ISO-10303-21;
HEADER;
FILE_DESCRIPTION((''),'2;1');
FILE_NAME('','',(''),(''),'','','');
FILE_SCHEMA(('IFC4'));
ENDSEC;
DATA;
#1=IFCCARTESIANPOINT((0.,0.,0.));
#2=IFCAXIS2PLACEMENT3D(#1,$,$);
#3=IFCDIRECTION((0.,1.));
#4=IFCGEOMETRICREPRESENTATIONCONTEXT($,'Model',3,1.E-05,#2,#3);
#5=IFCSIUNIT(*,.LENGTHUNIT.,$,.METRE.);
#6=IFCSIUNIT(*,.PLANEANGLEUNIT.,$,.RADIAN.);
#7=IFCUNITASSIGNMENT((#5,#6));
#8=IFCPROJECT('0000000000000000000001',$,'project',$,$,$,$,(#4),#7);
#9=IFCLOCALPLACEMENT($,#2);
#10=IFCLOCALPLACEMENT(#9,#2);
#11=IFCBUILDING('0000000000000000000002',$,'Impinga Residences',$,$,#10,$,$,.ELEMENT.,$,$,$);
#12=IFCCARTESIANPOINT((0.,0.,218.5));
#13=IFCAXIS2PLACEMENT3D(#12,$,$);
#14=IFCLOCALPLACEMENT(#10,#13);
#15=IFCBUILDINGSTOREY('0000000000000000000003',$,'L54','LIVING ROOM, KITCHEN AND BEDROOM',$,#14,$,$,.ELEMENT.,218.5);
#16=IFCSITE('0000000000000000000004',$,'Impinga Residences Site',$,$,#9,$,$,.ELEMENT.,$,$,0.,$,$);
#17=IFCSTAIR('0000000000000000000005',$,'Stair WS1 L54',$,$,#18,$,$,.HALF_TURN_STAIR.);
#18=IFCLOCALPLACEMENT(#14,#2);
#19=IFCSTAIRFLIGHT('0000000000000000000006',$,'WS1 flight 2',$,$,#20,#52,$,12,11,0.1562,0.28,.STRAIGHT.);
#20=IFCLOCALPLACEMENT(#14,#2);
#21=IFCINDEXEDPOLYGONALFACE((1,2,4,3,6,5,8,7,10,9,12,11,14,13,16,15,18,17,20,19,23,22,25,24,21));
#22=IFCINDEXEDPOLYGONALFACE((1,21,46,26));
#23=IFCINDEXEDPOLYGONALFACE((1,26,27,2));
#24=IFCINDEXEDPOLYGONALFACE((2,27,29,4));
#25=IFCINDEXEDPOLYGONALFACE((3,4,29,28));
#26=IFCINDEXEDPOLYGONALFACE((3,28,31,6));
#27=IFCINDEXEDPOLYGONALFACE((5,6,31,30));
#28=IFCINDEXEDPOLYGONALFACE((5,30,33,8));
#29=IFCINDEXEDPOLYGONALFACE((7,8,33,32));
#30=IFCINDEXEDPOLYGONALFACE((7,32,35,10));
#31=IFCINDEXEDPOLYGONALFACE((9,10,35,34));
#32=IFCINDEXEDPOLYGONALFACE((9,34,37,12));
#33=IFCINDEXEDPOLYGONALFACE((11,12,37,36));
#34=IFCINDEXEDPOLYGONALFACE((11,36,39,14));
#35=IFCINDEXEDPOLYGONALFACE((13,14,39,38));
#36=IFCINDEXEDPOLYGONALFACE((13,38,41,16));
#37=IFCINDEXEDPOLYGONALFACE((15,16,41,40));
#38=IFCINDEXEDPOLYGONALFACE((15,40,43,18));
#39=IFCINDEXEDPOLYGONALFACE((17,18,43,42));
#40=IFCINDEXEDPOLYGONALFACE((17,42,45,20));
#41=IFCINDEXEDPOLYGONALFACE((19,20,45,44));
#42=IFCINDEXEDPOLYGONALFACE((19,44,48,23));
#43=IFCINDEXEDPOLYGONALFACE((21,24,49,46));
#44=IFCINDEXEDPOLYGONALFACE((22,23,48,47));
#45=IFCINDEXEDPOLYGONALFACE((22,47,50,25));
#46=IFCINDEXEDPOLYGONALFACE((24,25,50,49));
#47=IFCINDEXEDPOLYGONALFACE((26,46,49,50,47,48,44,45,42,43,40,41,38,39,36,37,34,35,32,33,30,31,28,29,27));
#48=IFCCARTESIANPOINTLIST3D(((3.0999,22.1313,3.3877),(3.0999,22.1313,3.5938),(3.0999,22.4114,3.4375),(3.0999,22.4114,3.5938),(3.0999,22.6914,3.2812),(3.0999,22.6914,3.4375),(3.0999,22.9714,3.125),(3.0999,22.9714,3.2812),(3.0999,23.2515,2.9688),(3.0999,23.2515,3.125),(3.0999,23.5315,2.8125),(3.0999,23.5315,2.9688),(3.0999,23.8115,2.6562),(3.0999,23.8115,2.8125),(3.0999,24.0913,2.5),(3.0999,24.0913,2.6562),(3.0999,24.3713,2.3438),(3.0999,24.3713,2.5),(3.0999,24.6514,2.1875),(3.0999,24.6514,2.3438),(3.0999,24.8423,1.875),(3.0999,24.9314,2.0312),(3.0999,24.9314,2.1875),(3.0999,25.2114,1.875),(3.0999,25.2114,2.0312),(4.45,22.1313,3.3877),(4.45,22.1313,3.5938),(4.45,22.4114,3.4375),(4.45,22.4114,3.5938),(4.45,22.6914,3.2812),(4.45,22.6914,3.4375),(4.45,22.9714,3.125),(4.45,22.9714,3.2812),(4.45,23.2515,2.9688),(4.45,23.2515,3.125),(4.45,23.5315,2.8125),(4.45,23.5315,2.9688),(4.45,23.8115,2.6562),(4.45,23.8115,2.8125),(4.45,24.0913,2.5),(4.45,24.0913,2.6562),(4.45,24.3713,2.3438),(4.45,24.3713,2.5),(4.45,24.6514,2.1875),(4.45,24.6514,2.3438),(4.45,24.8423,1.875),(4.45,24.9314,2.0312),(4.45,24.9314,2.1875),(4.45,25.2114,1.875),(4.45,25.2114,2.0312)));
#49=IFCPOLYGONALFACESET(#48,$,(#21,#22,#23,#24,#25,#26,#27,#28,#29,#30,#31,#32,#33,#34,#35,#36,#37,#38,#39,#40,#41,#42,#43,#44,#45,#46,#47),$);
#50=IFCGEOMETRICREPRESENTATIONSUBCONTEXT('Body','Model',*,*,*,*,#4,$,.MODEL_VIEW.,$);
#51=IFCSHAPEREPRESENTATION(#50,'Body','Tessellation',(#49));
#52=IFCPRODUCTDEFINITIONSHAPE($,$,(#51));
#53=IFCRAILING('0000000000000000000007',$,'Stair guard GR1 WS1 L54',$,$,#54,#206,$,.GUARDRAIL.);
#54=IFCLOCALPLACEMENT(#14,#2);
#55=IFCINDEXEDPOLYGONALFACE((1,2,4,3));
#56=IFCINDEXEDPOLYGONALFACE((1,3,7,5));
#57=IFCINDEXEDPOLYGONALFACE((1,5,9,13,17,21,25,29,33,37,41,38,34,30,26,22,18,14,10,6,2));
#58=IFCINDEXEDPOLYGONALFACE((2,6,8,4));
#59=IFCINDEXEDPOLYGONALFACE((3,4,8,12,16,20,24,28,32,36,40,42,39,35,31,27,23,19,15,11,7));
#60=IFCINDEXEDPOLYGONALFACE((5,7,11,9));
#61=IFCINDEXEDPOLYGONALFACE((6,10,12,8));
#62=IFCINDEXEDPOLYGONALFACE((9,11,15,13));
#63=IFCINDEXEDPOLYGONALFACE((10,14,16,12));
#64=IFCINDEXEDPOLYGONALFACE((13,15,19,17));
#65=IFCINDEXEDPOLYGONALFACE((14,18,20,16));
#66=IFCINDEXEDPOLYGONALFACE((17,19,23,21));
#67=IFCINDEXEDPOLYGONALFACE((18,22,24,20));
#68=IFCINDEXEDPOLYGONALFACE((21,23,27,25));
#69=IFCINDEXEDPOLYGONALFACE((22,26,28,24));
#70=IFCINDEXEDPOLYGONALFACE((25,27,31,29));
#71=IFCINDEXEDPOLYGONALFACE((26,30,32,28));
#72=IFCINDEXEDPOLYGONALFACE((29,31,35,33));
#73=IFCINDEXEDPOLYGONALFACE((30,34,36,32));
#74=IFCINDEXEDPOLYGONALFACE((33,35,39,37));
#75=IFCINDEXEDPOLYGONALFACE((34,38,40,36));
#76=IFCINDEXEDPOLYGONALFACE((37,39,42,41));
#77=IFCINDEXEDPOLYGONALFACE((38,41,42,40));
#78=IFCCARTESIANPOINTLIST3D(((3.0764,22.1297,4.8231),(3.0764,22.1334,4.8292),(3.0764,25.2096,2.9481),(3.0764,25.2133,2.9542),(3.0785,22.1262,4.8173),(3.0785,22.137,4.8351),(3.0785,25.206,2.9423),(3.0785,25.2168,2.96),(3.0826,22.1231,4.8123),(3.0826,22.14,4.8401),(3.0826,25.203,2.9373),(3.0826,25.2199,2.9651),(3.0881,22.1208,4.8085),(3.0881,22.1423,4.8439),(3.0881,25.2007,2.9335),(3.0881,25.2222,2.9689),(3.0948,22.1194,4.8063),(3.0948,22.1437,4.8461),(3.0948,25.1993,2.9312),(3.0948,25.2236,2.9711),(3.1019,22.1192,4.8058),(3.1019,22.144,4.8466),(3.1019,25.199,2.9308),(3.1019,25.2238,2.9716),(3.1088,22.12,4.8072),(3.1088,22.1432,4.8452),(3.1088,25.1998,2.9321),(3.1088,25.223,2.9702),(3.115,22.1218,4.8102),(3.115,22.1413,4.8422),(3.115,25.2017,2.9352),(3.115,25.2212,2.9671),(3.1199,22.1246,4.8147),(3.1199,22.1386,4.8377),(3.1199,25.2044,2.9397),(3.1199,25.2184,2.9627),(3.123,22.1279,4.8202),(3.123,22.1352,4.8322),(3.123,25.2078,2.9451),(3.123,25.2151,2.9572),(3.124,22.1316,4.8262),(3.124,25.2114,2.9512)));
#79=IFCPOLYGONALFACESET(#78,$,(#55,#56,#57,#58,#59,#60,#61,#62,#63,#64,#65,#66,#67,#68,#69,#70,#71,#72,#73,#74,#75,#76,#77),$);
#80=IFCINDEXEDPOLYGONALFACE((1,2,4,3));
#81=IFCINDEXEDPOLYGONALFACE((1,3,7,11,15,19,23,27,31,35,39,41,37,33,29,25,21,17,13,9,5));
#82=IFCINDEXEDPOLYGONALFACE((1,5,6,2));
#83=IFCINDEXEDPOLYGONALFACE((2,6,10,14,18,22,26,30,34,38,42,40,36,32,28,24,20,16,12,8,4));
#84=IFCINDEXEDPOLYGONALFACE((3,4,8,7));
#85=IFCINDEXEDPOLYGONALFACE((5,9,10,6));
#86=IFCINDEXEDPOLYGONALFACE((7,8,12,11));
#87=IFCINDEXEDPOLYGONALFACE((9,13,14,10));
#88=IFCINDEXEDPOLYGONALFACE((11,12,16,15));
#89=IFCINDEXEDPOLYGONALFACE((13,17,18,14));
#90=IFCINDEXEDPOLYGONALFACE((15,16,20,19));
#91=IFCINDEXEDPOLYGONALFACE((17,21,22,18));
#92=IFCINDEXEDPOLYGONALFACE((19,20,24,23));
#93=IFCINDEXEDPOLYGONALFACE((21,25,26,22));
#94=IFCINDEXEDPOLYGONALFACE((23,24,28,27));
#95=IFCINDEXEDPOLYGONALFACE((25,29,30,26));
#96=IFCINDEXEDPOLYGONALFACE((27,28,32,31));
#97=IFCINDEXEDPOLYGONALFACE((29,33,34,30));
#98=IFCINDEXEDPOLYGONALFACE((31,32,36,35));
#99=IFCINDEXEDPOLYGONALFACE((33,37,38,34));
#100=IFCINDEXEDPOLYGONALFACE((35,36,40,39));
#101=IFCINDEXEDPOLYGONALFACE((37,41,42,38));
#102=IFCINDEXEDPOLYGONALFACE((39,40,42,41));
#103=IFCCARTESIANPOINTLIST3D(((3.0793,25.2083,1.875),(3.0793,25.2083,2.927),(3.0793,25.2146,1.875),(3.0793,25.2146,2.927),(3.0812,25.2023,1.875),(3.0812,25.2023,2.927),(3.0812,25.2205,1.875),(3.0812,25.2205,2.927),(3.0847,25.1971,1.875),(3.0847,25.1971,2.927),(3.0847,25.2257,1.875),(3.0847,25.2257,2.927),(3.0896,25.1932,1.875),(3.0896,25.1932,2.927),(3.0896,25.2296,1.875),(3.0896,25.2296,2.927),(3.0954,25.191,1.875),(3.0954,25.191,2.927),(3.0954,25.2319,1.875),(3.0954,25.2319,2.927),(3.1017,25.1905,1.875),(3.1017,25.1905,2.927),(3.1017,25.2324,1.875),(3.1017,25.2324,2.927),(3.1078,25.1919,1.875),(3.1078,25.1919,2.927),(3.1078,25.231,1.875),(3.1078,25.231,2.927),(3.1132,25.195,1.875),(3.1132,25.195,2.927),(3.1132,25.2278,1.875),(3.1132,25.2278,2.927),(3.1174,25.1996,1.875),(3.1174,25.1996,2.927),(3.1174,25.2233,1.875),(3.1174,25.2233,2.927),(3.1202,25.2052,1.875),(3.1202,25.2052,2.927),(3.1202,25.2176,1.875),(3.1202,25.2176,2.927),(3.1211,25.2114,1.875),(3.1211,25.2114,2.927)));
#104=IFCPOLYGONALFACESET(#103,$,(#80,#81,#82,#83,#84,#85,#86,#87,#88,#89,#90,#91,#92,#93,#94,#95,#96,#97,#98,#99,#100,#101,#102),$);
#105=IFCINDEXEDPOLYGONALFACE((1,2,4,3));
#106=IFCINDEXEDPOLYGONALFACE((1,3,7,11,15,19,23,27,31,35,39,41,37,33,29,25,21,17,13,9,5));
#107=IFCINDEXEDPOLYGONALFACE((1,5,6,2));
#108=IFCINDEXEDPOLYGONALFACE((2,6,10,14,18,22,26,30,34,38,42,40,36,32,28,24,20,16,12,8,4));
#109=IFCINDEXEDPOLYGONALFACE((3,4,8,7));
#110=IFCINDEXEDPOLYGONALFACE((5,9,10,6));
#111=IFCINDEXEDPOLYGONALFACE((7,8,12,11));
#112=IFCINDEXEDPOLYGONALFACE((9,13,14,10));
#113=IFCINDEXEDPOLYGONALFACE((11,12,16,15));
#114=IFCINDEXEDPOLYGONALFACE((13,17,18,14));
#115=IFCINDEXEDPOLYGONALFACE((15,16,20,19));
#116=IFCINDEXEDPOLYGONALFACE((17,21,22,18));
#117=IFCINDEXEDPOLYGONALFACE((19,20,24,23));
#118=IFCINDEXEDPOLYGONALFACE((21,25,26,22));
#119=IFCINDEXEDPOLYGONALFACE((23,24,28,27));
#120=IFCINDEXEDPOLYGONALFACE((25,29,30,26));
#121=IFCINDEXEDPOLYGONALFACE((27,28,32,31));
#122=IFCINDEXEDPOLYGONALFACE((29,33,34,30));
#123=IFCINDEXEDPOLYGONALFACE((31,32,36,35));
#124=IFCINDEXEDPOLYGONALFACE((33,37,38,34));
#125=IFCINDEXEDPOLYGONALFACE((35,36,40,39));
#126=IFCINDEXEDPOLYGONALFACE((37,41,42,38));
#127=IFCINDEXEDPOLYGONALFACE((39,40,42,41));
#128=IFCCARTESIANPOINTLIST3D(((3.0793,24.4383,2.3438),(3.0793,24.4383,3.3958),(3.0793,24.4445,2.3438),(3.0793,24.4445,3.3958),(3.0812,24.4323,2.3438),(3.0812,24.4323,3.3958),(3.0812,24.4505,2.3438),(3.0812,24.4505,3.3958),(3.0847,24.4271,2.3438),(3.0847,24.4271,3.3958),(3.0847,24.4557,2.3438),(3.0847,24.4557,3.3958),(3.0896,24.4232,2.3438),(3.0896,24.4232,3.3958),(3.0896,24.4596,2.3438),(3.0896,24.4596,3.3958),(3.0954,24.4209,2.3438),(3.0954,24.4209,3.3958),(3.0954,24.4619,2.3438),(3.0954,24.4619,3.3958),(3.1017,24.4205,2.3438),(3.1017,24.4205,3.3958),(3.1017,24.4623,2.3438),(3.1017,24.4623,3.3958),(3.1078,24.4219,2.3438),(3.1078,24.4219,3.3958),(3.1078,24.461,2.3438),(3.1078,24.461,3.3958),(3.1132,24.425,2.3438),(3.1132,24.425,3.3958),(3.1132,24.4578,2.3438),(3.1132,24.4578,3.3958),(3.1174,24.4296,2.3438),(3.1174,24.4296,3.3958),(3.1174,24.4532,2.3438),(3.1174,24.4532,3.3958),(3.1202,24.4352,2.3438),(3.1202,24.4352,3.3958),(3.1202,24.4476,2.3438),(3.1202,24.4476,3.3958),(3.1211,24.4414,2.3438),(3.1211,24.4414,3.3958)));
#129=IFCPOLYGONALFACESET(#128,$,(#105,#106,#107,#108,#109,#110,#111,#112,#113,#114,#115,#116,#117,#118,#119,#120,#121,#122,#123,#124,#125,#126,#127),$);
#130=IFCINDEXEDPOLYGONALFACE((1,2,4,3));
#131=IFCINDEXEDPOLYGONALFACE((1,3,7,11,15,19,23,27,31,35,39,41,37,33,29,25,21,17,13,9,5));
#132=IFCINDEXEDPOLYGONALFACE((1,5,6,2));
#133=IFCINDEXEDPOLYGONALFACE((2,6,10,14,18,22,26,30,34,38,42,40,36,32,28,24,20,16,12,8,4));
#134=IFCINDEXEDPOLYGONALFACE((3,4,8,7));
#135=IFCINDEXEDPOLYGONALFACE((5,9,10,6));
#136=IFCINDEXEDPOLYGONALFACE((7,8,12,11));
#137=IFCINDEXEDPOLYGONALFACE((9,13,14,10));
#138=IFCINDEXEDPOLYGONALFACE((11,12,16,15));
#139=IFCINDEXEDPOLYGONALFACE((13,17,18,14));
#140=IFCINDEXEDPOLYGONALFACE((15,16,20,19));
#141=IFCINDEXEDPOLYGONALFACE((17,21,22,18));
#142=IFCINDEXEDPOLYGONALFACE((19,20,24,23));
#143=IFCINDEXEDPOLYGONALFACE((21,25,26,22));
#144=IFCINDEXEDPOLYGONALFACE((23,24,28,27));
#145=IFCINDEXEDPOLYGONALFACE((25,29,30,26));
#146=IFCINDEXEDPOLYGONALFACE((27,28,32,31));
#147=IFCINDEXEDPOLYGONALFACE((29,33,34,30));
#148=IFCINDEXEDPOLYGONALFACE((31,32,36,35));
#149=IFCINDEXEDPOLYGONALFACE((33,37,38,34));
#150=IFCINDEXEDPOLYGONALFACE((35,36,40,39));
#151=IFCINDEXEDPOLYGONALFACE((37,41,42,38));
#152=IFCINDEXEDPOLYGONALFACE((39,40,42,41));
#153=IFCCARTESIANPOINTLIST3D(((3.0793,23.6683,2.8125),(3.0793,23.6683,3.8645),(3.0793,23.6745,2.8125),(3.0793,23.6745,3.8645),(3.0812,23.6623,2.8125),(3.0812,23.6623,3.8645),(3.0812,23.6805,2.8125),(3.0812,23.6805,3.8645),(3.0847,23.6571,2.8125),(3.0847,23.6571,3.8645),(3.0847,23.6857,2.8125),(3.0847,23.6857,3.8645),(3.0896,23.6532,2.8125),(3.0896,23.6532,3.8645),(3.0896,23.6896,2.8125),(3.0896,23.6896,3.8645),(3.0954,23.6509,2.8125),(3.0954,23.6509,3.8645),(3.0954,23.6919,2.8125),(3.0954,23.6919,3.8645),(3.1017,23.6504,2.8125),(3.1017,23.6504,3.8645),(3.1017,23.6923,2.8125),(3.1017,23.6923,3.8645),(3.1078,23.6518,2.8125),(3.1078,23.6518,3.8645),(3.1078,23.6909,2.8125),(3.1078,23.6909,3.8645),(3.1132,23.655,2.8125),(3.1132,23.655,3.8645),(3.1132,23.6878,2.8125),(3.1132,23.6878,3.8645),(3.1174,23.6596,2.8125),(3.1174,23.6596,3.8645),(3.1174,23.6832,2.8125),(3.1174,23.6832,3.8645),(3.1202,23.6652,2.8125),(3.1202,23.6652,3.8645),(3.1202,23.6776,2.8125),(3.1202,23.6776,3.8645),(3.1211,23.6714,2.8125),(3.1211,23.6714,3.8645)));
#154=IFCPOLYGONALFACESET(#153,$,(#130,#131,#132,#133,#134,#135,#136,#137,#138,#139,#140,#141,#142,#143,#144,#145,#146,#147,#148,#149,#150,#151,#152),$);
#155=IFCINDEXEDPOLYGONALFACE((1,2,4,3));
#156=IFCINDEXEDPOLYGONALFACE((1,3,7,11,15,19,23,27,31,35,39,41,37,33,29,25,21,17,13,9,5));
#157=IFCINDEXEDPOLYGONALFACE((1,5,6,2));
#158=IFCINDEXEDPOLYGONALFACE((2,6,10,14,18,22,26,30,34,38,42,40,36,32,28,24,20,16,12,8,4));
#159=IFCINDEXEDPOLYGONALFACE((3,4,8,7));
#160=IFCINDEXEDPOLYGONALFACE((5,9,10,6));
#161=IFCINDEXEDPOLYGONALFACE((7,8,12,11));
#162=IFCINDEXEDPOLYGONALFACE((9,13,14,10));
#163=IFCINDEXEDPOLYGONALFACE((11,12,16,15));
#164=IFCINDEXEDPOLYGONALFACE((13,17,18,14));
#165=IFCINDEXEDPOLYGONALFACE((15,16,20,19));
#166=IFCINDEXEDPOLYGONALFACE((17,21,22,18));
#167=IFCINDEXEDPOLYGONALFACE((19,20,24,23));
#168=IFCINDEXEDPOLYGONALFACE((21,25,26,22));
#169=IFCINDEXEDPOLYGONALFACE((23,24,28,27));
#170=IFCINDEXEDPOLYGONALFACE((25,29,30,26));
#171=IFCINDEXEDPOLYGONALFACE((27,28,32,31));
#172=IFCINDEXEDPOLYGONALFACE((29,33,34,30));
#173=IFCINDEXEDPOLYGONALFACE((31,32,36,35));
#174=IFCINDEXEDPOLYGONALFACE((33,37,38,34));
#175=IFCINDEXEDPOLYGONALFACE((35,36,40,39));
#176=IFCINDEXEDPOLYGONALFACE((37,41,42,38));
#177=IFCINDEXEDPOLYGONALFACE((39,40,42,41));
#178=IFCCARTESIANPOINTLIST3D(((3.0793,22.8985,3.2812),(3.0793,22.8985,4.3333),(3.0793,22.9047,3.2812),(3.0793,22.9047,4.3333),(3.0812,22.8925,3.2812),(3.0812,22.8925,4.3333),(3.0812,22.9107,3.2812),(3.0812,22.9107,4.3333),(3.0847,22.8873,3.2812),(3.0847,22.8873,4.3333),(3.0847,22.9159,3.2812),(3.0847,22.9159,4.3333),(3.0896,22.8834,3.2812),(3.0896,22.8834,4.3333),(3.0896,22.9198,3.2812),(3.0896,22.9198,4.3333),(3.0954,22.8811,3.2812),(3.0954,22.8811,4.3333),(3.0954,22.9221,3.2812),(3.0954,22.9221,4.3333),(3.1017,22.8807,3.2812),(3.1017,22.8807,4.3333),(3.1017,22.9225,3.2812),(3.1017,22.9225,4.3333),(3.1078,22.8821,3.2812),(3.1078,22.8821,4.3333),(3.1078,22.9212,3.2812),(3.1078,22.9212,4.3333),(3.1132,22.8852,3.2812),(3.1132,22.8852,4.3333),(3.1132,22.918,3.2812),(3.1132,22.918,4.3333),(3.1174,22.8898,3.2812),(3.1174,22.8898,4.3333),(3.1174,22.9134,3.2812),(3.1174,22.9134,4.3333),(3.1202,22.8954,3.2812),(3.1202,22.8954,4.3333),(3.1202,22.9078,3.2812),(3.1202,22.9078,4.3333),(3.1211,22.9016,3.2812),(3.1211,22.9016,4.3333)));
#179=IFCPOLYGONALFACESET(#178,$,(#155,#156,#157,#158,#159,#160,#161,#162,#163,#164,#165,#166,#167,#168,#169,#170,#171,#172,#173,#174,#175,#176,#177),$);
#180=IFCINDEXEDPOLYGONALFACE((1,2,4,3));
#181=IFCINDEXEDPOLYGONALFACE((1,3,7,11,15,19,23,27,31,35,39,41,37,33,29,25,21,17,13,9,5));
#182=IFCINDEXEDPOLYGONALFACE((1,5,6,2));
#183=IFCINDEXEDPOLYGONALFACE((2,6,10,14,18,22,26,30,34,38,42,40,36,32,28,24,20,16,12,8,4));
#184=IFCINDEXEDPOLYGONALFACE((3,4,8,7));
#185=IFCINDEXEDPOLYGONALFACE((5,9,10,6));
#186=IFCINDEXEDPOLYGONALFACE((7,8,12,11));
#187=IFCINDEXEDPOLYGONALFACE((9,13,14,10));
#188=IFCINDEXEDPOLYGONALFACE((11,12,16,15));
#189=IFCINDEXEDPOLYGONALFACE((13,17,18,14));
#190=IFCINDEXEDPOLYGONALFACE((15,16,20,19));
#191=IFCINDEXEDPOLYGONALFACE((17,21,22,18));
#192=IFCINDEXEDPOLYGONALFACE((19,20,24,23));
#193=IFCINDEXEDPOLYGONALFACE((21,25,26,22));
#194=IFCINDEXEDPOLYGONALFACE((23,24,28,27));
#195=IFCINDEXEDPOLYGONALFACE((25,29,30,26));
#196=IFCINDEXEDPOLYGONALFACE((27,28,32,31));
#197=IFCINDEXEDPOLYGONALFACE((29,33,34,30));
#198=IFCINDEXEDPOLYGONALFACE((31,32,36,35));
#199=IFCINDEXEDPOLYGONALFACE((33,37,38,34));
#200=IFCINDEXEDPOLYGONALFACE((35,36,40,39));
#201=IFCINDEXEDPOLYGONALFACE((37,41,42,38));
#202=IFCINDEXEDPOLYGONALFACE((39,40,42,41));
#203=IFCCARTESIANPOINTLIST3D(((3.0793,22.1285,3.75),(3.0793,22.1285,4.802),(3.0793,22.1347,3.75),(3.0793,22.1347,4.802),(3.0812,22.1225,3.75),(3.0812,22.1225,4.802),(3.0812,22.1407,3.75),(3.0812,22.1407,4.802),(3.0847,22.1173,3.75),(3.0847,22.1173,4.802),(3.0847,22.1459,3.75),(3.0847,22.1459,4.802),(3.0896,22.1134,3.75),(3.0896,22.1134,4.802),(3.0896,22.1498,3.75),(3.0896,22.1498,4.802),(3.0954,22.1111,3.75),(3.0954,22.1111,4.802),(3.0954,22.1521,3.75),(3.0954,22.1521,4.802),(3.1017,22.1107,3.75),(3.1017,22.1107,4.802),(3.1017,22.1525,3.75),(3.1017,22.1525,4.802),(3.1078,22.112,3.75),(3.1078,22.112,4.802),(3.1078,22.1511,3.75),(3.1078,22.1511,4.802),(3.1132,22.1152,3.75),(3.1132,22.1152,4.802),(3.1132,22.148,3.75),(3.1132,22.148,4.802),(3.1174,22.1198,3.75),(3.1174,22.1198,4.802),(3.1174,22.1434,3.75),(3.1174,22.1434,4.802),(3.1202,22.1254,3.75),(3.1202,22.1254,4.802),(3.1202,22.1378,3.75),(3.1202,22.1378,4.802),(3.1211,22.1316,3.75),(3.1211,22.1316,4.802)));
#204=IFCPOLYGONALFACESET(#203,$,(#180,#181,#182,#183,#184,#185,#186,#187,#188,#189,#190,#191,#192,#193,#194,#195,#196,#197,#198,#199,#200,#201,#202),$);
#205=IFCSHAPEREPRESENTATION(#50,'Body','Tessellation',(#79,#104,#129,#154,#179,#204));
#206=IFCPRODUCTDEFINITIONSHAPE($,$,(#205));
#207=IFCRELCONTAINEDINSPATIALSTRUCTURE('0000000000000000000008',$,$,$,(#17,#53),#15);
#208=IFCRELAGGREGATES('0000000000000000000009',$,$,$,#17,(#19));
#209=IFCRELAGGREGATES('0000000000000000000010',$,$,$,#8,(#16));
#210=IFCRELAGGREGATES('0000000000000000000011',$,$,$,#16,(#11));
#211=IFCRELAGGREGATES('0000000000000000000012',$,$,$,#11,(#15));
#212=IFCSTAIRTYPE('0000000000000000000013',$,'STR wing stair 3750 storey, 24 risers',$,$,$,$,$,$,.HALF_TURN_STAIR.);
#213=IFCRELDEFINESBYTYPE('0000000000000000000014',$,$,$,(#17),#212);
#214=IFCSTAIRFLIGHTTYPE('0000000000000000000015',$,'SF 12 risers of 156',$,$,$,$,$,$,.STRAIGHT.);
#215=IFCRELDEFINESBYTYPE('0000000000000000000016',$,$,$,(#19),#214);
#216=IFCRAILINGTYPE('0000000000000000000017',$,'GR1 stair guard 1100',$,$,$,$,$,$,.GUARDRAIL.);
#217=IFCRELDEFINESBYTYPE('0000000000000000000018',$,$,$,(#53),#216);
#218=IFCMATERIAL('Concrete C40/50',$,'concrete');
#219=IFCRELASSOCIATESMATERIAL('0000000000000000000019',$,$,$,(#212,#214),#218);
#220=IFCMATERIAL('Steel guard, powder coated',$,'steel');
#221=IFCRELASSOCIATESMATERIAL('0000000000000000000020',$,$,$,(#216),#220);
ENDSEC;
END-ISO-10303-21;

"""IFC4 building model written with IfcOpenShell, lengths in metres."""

from ifc_helpers import new_model, si_unit, direction, frame, origin, origin_2d, place, context, subcontext, project, spatial, polyline, circle, outline, extrude, material, type_object, element, aggregate, save


model = new_model("IFC4")

# Units and contexts
model_context = context("Model", 3, precision=1e-05, world=origin(), true_north=direction((0.0, 1.0)))
body_context = subcontext(model_context, "Body", "Model", "MODEL_VIEW")
ifc_project = project(units=[si_unit("LENGTHUNIT", "METRE"), si_unit("PLANEANGLEUNIT", "RADIAN")], contexts=[model_context])

# Site, building, storey
site_placement = place(None, origin())
site = spatial("IfcSite", under=ifc_project, at=site_placement, Name="Impinga Residences Site", CompositionType="ELEMENT", RefElevation=0.0)
building_placement = place(site_placement, origin())
building = spatial("IfcBuilding", under=site, at=building_placement, Name="Impinga Residences", CompositionType="ELEMENT")
storey_placement = place(building_placement, frame((0.0, 0.0, 218.5)))
storey = spatial("IfcBuildingStorey", under=building, at=storey_placement, Name="L54", Description="LIVING ROOM, KITCHEN AND BEDROOM", CompositionType="ELEMENT", Elevation=218.5)

# Stair, stair flight
ifc_material_1 = material(Name="Concrete C40/50", Category="concrete")
stair_type = type_object("IfcStairType", Name="STR wing stair 3750 storey, 24 risers", PredefinedType="HALF_TURN_STAIR", material=ifc_material_1)
stair_placement = place(storey_placement, origin())
stair = element("IfcStair", 1, at=stair_placement, inside=storey, type_object=stair_type, Name="Stair WS1 L54", PredefinedType="HALF_TURN_STAIR")
stair_flight_type = type_object("IfcStairFlightType", Name="SF 12 risers of 156", PredefinedType="STRAIGHT", material=ifc_material_1)
stair_flight_1_placement = place(storey_placement, frame((3.7749, 25.2114, 1.875), z_axis=(0.0, 0.0, 1.0), x_axis=(0.0, -1.0, 0.0)))
stair_flight_1 = element("IfcStairFlight", 2, at=stair_flight_1_placement, type_object=stair_flight_type, Name="WS1 flight 2", NumberOfRisers=12, NumberOfTreads=11, PredefinedType="STRAIGHT", RiserHeight=0.1562, TreadLength=0.28, context=body_context, shape_type="SweptSolid", body=[
    extrude(outline(polyline([(0.0, 0.0), (0.0, 0.1562), (0.28, 0.1562), (0.28, 0.3125), (0.5601, 0.3125), (0.5601, 0.4688), (0.8401, 0.4688), (0.8401, 0.625), (1.1201, 0.625), (1.1201, 0.7812), (1.3999, 0.7812), (1.3999, 0.9375), (1.6799, 0.9375), (1.6799, 1.0938), (1.96, 1.0938), (1.96, 1.25), (2.24, 1.25), (2.24, 1.4062), (2.52, 1.4062), (2.52, 1.5625), (2.8, 1.5625), (2.8, 1.7188), (3.0801, 1.7188), (3.0801, 1.875), (3.0801, 1.5127), (0.3691, 0.0), (0.0, 0.0)])), frame((0.0, 0.675, 0.0), z_axis=(0.0, -1.0, 0.0), x_axis=(1.0, 0.0, 0.0)), (0.0, 0.0, 1.0), 1.3501),
])
aggregate(stair, [stair_flight_1])

# Railing
ifc_material_2 = material(Name="Steel guard, powder coated", Category="steel")
railing_type_1 = type_object("IfcRailingType", Name="GR1 stair guard 1100", PredefinedType="GUARDRAIL", material=ifc_material_2)
railing_1_placement = place(storey_placement, frame((3.1001, 25.2114, 1.875)))
element("IfcRailing", 3, at=railing_1_placement, inside=storey, type_object=railing_type_1, Name="Stair guard GR1 WS1 L54", PredefinedType="GUARDRAIL", context=body_context, shape_type="SweptSolid", body=[
    extrude(circle(Radius=0.0239, at=origin_2d()), frame((0.0, 0.0, 1.0762), z_axis=(0.0, -0.854159, 0.520011), x_axis=(1.0, 0.0, 0.0)), (0.0, 0.0, 1.0), 3.6057),
    extrude(circle(Radius=0.021, at=origin_2d()), origin(), (0.0, 0.0, 1.0), 1.052),
    extrude(circle(Radius=0.021, at=origin_2d()), frame((0.0, -0.77, 0.4688)), (0.0, 0.0, 1.0), 1.052),
    extrude(circle(Radius=0.021, at=origin_2d()), frame((0.0, -1.54, 0.9375)), (0.0, 0.0, 1.0), 1.052),
    extrude(circle(Radius=0.021, at=origin_2d()), frame((0.0, -2.3098, 1.4062)), (0.0, 0.0, 1.0), 1.052),
    extrude(circle(Radius=0.021, at=origin_2d()), frame((0.0, -3.0798, 1.875)), (0.0, 0.0, 1.0), 1.052),
])

save(model, "model.ifc")
